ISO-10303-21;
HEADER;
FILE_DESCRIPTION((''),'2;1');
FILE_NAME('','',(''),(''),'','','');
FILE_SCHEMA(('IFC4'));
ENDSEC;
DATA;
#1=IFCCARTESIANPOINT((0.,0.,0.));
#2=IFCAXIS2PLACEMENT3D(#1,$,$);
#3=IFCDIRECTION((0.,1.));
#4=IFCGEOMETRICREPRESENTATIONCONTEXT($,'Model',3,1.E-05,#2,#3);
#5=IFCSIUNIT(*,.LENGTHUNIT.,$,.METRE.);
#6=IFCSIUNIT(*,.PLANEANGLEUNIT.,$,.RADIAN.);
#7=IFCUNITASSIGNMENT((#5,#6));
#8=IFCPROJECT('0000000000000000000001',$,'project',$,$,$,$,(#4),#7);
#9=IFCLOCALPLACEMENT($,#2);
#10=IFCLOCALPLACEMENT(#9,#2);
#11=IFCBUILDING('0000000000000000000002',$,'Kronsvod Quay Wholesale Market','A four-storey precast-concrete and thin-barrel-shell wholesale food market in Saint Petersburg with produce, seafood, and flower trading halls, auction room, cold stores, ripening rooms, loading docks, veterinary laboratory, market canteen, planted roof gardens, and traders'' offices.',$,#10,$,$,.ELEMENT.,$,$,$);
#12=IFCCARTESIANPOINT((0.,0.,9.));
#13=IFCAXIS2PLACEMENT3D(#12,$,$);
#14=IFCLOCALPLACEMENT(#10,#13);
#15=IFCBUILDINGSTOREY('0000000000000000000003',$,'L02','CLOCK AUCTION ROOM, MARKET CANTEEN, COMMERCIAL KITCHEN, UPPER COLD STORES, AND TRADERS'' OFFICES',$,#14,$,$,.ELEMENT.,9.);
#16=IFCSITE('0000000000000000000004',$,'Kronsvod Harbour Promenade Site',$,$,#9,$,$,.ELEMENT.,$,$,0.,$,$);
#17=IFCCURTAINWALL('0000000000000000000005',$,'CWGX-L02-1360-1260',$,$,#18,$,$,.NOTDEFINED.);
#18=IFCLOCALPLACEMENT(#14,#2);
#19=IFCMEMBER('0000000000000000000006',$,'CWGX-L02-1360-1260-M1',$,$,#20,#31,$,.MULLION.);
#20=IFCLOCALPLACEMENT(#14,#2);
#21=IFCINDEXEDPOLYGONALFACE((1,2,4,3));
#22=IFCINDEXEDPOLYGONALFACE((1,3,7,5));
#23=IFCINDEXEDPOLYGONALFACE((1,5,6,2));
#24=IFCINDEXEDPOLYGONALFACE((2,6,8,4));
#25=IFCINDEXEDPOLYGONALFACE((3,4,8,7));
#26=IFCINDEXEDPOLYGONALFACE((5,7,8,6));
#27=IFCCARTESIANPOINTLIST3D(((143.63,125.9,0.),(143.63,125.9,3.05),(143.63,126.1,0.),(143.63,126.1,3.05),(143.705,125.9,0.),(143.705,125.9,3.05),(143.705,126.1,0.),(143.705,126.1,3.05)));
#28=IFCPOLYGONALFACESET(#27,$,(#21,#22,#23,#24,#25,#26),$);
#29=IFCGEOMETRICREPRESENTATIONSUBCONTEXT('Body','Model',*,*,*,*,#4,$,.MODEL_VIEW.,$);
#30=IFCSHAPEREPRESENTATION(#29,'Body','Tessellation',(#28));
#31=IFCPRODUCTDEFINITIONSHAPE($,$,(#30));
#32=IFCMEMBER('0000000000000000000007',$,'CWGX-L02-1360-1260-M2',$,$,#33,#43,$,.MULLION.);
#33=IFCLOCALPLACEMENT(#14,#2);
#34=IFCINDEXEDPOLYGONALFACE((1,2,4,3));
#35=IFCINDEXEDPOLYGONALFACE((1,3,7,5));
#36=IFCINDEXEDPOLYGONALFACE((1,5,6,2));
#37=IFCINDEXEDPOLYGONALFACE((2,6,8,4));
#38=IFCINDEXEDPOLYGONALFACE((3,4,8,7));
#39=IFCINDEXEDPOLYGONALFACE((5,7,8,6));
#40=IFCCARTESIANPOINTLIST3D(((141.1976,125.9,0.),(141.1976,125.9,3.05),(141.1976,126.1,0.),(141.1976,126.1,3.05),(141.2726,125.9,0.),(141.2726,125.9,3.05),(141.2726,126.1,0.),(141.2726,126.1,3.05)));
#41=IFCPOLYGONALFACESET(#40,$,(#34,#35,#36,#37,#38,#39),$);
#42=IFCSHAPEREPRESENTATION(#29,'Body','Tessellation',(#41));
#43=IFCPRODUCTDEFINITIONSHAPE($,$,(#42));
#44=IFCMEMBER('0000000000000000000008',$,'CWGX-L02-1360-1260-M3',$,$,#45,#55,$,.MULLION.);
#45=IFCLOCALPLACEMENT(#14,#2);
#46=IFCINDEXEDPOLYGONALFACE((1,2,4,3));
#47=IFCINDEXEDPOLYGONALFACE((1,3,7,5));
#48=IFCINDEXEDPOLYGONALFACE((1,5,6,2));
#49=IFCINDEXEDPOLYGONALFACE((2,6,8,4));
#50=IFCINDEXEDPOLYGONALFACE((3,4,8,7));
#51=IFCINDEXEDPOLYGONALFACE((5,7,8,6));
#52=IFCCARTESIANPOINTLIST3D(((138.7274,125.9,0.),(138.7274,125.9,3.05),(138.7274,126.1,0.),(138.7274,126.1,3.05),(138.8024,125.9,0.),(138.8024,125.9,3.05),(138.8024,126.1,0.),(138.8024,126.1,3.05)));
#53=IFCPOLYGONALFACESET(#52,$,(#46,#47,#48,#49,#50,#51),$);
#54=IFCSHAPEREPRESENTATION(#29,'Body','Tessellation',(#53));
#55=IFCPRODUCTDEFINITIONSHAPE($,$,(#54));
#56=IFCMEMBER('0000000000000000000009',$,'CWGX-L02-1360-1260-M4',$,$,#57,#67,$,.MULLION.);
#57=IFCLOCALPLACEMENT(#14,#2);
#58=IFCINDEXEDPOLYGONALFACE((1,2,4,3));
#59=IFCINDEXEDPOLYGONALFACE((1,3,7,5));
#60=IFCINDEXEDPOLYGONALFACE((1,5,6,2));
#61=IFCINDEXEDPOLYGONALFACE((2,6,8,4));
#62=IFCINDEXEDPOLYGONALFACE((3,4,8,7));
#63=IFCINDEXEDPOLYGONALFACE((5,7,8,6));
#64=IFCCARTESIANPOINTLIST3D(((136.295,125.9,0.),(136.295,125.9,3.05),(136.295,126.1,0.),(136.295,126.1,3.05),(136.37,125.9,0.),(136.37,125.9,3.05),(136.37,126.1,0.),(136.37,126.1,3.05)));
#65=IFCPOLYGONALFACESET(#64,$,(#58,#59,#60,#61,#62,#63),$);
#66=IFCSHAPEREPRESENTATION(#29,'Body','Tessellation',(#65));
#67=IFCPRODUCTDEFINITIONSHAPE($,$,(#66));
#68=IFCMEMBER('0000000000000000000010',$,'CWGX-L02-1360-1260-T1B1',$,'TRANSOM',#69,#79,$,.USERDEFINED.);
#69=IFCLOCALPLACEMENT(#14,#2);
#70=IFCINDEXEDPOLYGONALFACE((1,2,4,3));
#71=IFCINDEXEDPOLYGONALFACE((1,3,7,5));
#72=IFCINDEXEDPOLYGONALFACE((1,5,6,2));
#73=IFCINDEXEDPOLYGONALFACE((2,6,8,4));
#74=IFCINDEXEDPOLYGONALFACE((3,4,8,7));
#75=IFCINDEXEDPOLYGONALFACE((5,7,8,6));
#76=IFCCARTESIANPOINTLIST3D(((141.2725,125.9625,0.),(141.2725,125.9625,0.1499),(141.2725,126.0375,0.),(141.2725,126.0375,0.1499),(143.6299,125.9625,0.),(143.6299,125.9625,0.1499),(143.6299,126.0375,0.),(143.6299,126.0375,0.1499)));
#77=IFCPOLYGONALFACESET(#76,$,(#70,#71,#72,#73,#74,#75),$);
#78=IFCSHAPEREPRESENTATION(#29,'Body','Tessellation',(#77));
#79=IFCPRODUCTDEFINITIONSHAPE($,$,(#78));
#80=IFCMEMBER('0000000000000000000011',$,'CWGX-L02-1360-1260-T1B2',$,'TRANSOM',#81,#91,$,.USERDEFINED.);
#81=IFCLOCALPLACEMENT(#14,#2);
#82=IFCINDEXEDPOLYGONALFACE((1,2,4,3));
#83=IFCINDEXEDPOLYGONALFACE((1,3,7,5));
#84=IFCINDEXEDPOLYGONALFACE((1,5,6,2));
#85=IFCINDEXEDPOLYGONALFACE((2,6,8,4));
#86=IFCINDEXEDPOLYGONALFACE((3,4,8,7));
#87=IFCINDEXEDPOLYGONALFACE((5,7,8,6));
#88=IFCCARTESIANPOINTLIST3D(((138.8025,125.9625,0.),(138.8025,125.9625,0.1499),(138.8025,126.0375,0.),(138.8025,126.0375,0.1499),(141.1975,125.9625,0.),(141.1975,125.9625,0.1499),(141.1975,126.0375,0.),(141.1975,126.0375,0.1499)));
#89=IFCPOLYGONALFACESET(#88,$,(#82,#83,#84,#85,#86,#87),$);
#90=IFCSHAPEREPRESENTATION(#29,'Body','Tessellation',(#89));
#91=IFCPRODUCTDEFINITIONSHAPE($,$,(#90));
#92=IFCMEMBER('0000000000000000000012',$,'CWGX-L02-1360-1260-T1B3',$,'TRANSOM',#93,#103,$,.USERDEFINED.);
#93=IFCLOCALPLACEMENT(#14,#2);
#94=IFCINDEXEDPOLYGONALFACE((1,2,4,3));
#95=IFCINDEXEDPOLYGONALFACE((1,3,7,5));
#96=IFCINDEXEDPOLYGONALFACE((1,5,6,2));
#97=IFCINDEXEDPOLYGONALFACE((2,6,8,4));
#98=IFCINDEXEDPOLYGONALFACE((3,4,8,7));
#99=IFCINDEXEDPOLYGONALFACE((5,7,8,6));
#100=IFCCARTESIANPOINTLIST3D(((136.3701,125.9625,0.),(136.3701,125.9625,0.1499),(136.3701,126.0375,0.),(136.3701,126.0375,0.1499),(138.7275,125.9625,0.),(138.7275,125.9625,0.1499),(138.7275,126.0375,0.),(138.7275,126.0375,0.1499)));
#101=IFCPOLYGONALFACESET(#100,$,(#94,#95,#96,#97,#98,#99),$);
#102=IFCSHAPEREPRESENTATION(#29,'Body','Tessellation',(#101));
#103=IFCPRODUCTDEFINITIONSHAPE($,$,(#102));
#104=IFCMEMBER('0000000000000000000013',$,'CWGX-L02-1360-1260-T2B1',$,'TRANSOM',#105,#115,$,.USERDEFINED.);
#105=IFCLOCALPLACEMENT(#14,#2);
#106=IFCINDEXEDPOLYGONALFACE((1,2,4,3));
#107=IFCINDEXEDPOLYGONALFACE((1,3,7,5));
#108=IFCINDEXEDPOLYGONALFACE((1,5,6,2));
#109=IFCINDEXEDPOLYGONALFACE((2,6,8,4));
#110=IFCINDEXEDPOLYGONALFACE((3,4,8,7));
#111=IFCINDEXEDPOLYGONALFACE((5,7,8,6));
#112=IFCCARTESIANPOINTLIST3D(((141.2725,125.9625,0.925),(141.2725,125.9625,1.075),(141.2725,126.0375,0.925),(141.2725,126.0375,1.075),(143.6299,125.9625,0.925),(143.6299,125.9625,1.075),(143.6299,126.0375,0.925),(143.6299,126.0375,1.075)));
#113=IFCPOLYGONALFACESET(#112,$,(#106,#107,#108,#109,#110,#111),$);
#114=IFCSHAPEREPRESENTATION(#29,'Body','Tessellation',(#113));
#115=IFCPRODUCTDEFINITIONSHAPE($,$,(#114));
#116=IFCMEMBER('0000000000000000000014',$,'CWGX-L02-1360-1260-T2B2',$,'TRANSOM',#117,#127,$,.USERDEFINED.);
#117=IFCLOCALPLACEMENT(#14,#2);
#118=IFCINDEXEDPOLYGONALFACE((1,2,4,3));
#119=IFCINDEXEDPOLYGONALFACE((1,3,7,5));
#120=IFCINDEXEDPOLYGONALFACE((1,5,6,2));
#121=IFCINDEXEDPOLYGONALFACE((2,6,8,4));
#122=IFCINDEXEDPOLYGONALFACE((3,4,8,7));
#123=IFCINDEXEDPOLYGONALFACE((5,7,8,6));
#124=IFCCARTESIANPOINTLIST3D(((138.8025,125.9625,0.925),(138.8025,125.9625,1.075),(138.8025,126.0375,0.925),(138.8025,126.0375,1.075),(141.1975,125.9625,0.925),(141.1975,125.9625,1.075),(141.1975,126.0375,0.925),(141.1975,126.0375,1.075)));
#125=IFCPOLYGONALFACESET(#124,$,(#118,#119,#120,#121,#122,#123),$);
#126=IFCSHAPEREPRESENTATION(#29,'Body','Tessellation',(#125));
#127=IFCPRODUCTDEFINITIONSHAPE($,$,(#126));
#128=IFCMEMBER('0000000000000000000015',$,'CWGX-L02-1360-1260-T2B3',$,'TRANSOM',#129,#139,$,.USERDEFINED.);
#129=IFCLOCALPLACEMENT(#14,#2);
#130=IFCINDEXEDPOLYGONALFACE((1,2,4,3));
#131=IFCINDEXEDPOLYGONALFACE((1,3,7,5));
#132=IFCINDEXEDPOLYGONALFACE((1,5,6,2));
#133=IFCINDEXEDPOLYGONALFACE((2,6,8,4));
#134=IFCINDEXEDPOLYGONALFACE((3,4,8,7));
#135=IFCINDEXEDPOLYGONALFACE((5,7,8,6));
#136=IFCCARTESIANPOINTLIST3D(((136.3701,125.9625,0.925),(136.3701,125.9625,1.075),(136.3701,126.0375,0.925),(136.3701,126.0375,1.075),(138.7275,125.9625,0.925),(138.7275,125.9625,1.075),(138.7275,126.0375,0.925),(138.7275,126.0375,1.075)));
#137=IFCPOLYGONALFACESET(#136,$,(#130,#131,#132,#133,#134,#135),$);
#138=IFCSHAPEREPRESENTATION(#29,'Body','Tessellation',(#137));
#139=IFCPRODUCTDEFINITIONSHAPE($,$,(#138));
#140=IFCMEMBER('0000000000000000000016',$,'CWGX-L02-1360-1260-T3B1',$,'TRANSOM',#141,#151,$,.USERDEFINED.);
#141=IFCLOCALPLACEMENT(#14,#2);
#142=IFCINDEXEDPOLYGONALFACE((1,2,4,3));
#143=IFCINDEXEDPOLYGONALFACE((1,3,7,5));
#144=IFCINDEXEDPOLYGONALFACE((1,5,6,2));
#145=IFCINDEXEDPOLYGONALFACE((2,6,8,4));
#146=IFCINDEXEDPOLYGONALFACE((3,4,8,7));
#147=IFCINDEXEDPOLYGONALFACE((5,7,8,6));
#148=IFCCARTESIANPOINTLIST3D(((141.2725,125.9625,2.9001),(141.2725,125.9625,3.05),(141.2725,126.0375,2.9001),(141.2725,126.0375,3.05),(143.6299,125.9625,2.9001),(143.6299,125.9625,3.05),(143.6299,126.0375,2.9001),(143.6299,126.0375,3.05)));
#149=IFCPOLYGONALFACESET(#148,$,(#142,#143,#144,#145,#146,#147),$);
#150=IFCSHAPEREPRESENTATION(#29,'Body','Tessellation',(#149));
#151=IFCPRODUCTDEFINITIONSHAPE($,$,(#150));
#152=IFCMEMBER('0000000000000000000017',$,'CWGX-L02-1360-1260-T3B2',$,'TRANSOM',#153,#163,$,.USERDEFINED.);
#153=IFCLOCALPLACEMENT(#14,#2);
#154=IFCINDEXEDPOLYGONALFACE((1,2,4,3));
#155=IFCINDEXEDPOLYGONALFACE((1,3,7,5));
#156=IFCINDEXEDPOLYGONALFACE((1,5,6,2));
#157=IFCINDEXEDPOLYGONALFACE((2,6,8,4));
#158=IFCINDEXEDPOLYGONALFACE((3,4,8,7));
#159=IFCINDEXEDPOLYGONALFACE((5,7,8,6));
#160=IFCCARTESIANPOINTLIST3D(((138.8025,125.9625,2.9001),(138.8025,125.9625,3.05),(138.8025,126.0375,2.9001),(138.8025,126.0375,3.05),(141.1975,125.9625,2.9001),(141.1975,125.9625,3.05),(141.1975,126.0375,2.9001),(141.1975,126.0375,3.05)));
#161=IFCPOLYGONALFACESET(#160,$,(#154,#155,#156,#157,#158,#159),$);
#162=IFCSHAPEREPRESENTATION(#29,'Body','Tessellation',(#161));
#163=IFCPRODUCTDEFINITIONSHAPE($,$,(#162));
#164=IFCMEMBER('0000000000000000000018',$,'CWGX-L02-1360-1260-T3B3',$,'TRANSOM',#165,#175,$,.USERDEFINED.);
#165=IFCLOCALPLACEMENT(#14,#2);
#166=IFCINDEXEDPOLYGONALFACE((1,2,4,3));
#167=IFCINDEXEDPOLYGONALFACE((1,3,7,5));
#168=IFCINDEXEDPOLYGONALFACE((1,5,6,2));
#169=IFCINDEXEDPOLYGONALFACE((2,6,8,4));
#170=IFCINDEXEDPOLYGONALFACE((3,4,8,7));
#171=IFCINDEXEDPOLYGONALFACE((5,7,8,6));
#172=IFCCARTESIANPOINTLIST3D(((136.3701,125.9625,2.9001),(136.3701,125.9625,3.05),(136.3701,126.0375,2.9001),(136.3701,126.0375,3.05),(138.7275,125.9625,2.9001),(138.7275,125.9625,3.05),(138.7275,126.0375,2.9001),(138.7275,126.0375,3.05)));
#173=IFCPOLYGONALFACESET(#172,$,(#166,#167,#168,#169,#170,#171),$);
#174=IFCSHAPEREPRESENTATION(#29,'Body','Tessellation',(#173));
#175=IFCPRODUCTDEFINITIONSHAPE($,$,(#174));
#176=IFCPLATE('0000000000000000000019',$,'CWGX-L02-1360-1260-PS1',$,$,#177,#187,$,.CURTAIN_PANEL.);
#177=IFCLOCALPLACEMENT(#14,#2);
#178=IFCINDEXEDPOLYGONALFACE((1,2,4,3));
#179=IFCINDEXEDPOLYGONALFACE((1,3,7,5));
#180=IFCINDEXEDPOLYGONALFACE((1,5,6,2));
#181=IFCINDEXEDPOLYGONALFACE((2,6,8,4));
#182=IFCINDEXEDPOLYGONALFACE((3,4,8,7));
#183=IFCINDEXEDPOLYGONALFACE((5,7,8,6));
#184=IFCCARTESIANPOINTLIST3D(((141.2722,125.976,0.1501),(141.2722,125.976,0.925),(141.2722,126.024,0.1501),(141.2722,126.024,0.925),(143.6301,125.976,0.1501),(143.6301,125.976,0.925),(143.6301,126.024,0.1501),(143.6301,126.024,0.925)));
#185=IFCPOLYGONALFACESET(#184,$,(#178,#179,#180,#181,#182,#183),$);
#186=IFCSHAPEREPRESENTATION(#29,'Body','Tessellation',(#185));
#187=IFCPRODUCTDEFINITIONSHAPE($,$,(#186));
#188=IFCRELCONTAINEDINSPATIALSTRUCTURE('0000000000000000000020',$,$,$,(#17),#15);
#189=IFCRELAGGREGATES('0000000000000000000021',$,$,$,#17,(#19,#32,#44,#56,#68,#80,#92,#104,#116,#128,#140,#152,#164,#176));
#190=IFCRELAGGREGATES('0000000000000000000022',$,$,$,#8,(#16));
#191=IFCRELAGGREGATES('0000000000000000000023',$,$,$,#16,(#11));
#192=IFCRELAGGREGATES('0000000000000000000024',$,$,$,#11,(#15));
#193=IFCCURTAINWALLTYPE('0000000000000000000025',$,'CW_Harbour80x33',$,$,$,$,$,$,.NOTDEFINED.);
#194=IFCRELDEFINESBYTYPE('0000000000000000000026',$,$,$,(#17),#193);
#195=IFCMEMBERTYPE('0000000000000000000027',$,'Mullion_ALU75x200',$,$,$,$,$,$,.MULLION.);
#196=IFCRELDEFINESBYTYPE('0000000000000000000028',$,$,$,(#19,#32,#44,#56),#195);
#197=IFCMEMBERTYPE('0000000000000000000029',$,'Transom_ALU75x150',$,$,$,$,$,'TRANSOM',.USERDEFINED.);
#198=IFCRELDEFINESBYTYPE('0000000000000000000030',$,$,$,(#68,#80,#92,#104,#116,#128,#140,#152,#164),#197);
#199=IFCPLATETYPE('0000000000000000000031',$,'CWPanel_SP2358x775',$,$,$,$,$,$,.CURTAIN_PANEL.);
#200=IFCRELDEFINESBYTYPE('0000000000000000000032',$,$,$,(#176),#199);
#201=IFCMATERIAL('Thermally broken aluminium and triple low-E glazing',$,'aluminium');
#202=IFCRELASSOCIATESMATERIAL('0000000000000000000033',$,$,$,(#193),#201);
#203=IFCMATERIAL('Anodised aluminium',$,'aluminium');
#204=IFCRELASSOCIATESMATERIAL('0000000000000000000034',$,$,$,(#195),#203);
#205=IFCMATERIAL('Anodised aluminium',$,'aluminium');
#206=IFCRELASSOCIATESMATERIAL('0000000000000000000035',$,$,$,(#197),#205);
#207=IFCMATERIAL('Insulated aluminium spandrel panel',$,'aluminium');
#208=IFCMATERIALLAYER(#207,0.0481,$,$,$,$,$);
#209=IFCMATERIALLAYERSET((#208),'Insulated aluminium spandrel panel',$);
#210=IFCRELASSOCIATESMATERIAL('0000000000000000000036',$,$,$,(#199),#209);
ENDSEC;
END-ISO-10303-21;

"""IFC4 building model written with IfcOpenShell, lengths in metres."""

from ifc_helpers import new_model, si_unit, direction, frame, origin, origin_2d, place, context, subcontext, project, spatial, rectangle, extrude, material, layer, layer_set, material_profile, profile_set, type_object, element, aggregate, save


model = new_model("IFC4")

# Units and contexts
model_context = context("Model", 3, precision=1e-05, world=origin(), true_north=direction((0.0, 1.0)))
body_context = subcontext(model_context, "Body", "Model", "MODEL_VIEW")
ifc_project = project(units=[si_unit("LENGTHUNIT", "METRE"), si_unit("PLANEANGLEUNIT", "RADIAN")], contexts=[model_context])

# Site, building, storey
site_placement = place(None, origin())
site = spatial("IfcSite", under=ifc_project, at=site_placement, Name="Kronsvod Harbour Promenade Site", CompositionType="ELEMENT", RefElevation=0.0)
building_placement = place(site_placement, origin())
building = spatial("IfcBuilding", under=site, at=building_placement, Name="Kronsvod Quay Wholesale Market", Description="A four-storey precast-concrete and thin-barrel-shell wholesale food market in Saint Petersburg with produce, seafood, and flower trading halls, auction room, cold stores, ripening rooms, loading docks, veterinary laboratory, market canteen, planted roof gardens, and traders' offices.", CompositionType="ELEMENT")
storey_placement = place(building_placement, frame((0.0, 0.0, 9.0)))
storey = spatial("IfcBuildingStorey", under=building, at=storey_placement, Name="L02", Description="CLOCK AUCTION ROOM, MARKET CANTEEN, COMMERCIAL KITCHEN, UPPER COLD STORES, AND TRADERS' OFFICES", CompositionType="ELEMENT", Elevation=9.0)

# Curtain wall, members, plate
ifc_material_1 = material(Name="Thermally broken aluminium and triple low-E glazing", Category="aluminium")
curtain_wall_type = type_object("IfcCurtainWallType", Name="CW_Harbour80x33", PredefinedType="NOTDEFINED", material=ifc_material_1)
curtain_wall_placement = place(storey_placement, origin())
curtain_wall = element("IfcCurtainWall", 1, at=curtain_wall_placement, inside=storey, type_object=curtain_wall_type, Name="CWGX-L02-1360-1260", PredefinedType="NOTDEFINED")
ifc_material_2 = material(Name="Anodised aluminium", Category="aluminium")
ifc_material_profile_1 = material_profile(ifc_material_2, rectangle(XDim=0.075, YDim=0.2, at=origin_2d()), Name="ALUM75x200")
ifc_profile_set_1 = profile_set([ifc_material_profile_1], Name="Anodised aluminium")
member_type_1 = type_object("IfcMemberType", Name="Mullion_ALU75x200", PredefinedType="MULLION", material=ifc_profile_set_1)
member_1_placement = place(storey_placement, frame((143.6675, 126.0, 0.0), z_axis=(0.0, 0.0, 1.0), x_axis=(1.0, 0.0, 0.0)))
member_1 = element("IfcMember", 2, at=member_1_placement, type_object=member_type_1, Name="CWGX-L02-1360-1260-M1", PredefinedType="MULLION", context=body_context, shape_type="SweptSolid", body=[
    extrude(rectangle(XDim=0.075, YDim=0.2, at=origin_2d()), origin(), (0.0, 0.0, 1.0), 3.05),
])
member_2_placement = place(storey_placement, frame((141.2351, 126.0, 0.0), z_axis=(0.0, 0.0, 1.0), x_axis=(1.0, 0.0, 0.0)))
member_2 = element("IfcMember", 3, at=member_2_placement, type_object=member_type_1, Name="CWGX-L02-1360-1260-M2", PredefinedType="MULLION", context=body_context, shape_type="SweptSolid", body=[
    extrude(rectangle(XDim=0.075, YDim=0.2, at=origin_2d()), origin(), (0.0, 0.0, 1.0), 3.05),
])
member_3_placement = place(storey_placement, frame((138.7649, 126.0, 0.0), z_axis=(0.0, 0.0, 1.0), x_axis=(1.0, 0.0, 0.0)))
member_3 = element("IfcMember", 4, at=member_3_placement, type_object=member_type_1, Name="CWGX-L02-1360-1260-M3", PredefinedType="MULLION", context=body_context, shape_type="SweptSolid", body=[
    extrude(rectangle(XDim=0.075, YDim=0.2, at=origin_2d()), origin(), (0.0, 0.0, 1.0), 3.05),
])
member_4_placement = place(storey_placement, frame((136.3325, 126.0, 0.0), z_axis=(0.0, 0.0, 1.0), x_axis=(1.0, 0.0, 0.0)))
member_4 = element("IfcMember", 5, at=member_4_placement, type_object=member_type_1, Name="CWGX-L02-1360-1260-M4", PredefinedType="MULLION", context=body_context, shape_type="SweptSolid", body=[
    extrude(rectangle(XDim=0.075, YDim=0.2, at=origin_2d()), origin(), (0.0, 0.0, 1.0), 3.05),
])
ifc_material_3 = material(Name="Anodised aluminium", Category="aluminium")
ifc_material_profile_2 = material_profile(ifc_material_3, rectangle(XDim=0.075, YDim=0.1499, at=origin_2d()), Name="ALUT75x150")
ifc_profile_set_2 = profile_set([ifc_material_profile_2], Name="Anodised aluminium")
member_type_2 = type_object("IfcMemberType", Name="Transom_ALU75x150", ElementType="TRANSOM", PredefinedType="USERDEFINED", material=ifc_profile_set_2)
member_5_placement = place(storey_placement, frame((143.6299, 126.0, 0.075), z_axis=(-1.0, 0.0, 0.0), x_axis=(0.0, -1.0, 0.0)))
member_5 = element("IfcMember", 6, at=member_5_placement, type_object=member_type_2, Name="CWGX-L02-1360-1260-T1B1", ObjectType="TRANSOM", PredefinedType="USERDEFINED", context=body_context, shape_type="SweptSolid", body=[
    extrude(rectangle(XDim=0.075, YDim=0.1499, at=origin_2d()), origin(), (0.0, 0.0, 1.0), 2.3574),
])
member_6_placement = place(storey_placement, frame((141.1975, 126.0, 0.075), z_axis=(-1.0, 0.0, 0.0), x_axis=(0.0, -1.0, 0.0)))
member_6 = element("IfcMember", 7, at=member_6_placement, type_object=member_type_2, Name="CWGX-L02-1360-1260-T1B2", ObjectType="TRANSOM", PredefinedType="USERDEFINED", context=body_context, shape_type="SweptSolid", body=[
    extrude(rectangle(XDim=0.075, YDim=0.1499, at=origin_2d()), origin(), (0.0, 0.0, 1.0), 2.395),
])
member_7_placement = place(storey_placement, frame((138.7275, 126.0, 0.075), z_axis=(-1.0, 0.0, 0.0), x_axis=(0.0, -1.0, 0.0)))
member_7 = element("IfcMember", 8, at=member_7_placement, type_object=member_type_2, Name="CWGX-L02-1360-1260-T1B3", ObjectType="TRANSOM", PredefinedType="USERDEFINED", context=body_context, shape_type="SweptSolid", body=[
    extrude(rectangle(XDim=0.075, YDim=0.1499, at=origin_2d()), origin(), (0.0, 0.0, 1.0), 2.3574),
])
member_8_placement = place(storey_placement, frame((143.6299, 126.0, 1.0), z_axis=(-1.0, 0.0, 0.0), x_axis=(0.0, -1.0, 0.0)))
member_8 = element("IfcMember", 9, at=member_8_placement, type_object=member_type_2, Name="CWGX-L02-1360-1260-T2B1", ObjectType="TRANSOM", PredefinedType="USERDEFINED", context=body_context, shape_type="SweptSolid", body=[
    extrude(rectangle(XDim=0.075, YDim=0.1499, at=origin_2d()), origin(), (0.0, 0.0, 1.0), 2.3574),
])
member_9_placement = place(storey_placement, frame((141.1975, 126.0, 1.0), z_axis=(-1.0, 0.0, 0.0), x_axis=(0.0, -1.0, 0.0)))
member_9 = element("IfcMember", 10, at=member_9_placement, type_object=member_type_2, Name="CWGX-L02-1360-1260-T2B2", ObjectType="TRANSOM", PredefinedType="USERDEFINED", context=body_context, shape_type="SweptSolid", body=[
    extrude(rectangle(XDim=0.075, YDim=0.1499, at=origin_2d()), origin(), (0.0, 0.0, 1.0), 2.395),
])
member_10_placement = place(storey_placement, frame((138.7275, 126.0, 1.0), z_axis=(-1.0, 0.0, 0.0), x_axis=(0.0, -1.0, 0.0)))
member_10 = element("IfcMember", 11, at=member_10_placement, type_object=member_type_2, Name="CWGX-L02-1360-1260-T2B3", ObjectType="TRANSOM", PredefinedType="USERDEFINED", context=body_context, shape_type="SweptSolid", body=[
    extrude(rectangle(XDim=0.075, YDim=0.1499, at=origin_2d()), origin(), (0.0, 0.0, 1.0), 2.3574),
])
member_11_placement = place(storey_placement, frame((143.6299, 126.0, 2.9751), z_axis=(-1.0, 0.0, 0.0), x_axis=(0.0, -1.0, 0.0)))
member_11 = element("IfcMember", 12, at=member_11_placement, type_object=member_type_2, Name="CWGX-L02-1360-1260-T3B1", ObjectType="TRANSOM", PredefinedType="USERDEFINED", context=body_context, shape_type="SweptSolid", body=[
    extrude(rectangle(XDim=0.075, YDim=0.1499, at=origin_2d()), origin(), (0.0, 0.0, 1.0), 2.3574),
])
member_12_placement = place(storey_placement, frame((141.1975, 126.0, 2.9751), z_axis=(-1.0, 0.0, 0.0), x_axis=(0.0, -1.0, 0.0)))
member_12 = element("IfcMember", 13, at=member_12_placement, type_object=member_type_2, Name="CWGX-L02-1360-1260-T3B2", ObjectType="TRANSOM", PredefinedType="USERDEFINED", context=body_context, shape_type="SweptSolid", body=[
    extrude(rectangle(XDim=0.075, YDim=0.1499, at=origin_2d()), origin(), (0.0, 0.0, 1.0), 2.395),
])
member_13_placement = place(storey_placement, frame((138.7275, 126.0, 2.9751), z_axis=(-1.0, 0.0, 0.0), x_axis=(0.0, -1.0, 0.0)))
member_13 = element("IfcMember", 14, at=member_13_placement, type_object=member_type_2, Name="CWGX-L02-1360-1260-T3B3", ObjectType="TRANSOM", PredefinedType="USERDEFINED", context=body_context, shape_type="SweptSolid", body=[
    extrude(rectangle(XDim=0.075, YDim=0.1499, at=origin_2d()), origin(), (0.0, 0.0, 1.0), 2.3574),
])
ifc_material_4 = material(Name="Insulated aluminium spandrel panel", Category="aluminium")
ifc_layer_1 = layer(ifc_material_4, 0.0481)
ifc_layer_set_1 = layer_set([ifc_layer_1], Name="Insulated aluminium spandrel panel")
plate_type_1 = type_object("IfcPlateType", Name="CWPanel_SP2358x775", PredefinedType="CURTAIN_PANEL", material=ifc_layer_set_1)
plate_1_placement = place(storey_placement, frame((142.4512, 126.0, 0.1501), z_axis=(0.0, 0.0, 1.0), x_axis=(-1.0, 0.0, 0.0)))
plate_1 = element("IfcPlate", 15, at=plate_1_placement, type_object=plate_type_1, Name="CWGX-L02-1360-1260-PS1", PredefinedType="CURTAIN_PANEL", context=body_context, shape_type="SweptSolid", body=[
    extrude(rectangle(XDim=2.3579, YDim=0.0481, at=origin_2d()), origin(), (0.0, 0.0, 1.0), 0.7749),
])
aggregate(curtain_wall, [member_1, member_2, member_3, member_4, member_5, member_6, member_7, member_8, member_9, member_10, member_11, member_12, member_13, plate_1])

save(model, "model.ifc")
